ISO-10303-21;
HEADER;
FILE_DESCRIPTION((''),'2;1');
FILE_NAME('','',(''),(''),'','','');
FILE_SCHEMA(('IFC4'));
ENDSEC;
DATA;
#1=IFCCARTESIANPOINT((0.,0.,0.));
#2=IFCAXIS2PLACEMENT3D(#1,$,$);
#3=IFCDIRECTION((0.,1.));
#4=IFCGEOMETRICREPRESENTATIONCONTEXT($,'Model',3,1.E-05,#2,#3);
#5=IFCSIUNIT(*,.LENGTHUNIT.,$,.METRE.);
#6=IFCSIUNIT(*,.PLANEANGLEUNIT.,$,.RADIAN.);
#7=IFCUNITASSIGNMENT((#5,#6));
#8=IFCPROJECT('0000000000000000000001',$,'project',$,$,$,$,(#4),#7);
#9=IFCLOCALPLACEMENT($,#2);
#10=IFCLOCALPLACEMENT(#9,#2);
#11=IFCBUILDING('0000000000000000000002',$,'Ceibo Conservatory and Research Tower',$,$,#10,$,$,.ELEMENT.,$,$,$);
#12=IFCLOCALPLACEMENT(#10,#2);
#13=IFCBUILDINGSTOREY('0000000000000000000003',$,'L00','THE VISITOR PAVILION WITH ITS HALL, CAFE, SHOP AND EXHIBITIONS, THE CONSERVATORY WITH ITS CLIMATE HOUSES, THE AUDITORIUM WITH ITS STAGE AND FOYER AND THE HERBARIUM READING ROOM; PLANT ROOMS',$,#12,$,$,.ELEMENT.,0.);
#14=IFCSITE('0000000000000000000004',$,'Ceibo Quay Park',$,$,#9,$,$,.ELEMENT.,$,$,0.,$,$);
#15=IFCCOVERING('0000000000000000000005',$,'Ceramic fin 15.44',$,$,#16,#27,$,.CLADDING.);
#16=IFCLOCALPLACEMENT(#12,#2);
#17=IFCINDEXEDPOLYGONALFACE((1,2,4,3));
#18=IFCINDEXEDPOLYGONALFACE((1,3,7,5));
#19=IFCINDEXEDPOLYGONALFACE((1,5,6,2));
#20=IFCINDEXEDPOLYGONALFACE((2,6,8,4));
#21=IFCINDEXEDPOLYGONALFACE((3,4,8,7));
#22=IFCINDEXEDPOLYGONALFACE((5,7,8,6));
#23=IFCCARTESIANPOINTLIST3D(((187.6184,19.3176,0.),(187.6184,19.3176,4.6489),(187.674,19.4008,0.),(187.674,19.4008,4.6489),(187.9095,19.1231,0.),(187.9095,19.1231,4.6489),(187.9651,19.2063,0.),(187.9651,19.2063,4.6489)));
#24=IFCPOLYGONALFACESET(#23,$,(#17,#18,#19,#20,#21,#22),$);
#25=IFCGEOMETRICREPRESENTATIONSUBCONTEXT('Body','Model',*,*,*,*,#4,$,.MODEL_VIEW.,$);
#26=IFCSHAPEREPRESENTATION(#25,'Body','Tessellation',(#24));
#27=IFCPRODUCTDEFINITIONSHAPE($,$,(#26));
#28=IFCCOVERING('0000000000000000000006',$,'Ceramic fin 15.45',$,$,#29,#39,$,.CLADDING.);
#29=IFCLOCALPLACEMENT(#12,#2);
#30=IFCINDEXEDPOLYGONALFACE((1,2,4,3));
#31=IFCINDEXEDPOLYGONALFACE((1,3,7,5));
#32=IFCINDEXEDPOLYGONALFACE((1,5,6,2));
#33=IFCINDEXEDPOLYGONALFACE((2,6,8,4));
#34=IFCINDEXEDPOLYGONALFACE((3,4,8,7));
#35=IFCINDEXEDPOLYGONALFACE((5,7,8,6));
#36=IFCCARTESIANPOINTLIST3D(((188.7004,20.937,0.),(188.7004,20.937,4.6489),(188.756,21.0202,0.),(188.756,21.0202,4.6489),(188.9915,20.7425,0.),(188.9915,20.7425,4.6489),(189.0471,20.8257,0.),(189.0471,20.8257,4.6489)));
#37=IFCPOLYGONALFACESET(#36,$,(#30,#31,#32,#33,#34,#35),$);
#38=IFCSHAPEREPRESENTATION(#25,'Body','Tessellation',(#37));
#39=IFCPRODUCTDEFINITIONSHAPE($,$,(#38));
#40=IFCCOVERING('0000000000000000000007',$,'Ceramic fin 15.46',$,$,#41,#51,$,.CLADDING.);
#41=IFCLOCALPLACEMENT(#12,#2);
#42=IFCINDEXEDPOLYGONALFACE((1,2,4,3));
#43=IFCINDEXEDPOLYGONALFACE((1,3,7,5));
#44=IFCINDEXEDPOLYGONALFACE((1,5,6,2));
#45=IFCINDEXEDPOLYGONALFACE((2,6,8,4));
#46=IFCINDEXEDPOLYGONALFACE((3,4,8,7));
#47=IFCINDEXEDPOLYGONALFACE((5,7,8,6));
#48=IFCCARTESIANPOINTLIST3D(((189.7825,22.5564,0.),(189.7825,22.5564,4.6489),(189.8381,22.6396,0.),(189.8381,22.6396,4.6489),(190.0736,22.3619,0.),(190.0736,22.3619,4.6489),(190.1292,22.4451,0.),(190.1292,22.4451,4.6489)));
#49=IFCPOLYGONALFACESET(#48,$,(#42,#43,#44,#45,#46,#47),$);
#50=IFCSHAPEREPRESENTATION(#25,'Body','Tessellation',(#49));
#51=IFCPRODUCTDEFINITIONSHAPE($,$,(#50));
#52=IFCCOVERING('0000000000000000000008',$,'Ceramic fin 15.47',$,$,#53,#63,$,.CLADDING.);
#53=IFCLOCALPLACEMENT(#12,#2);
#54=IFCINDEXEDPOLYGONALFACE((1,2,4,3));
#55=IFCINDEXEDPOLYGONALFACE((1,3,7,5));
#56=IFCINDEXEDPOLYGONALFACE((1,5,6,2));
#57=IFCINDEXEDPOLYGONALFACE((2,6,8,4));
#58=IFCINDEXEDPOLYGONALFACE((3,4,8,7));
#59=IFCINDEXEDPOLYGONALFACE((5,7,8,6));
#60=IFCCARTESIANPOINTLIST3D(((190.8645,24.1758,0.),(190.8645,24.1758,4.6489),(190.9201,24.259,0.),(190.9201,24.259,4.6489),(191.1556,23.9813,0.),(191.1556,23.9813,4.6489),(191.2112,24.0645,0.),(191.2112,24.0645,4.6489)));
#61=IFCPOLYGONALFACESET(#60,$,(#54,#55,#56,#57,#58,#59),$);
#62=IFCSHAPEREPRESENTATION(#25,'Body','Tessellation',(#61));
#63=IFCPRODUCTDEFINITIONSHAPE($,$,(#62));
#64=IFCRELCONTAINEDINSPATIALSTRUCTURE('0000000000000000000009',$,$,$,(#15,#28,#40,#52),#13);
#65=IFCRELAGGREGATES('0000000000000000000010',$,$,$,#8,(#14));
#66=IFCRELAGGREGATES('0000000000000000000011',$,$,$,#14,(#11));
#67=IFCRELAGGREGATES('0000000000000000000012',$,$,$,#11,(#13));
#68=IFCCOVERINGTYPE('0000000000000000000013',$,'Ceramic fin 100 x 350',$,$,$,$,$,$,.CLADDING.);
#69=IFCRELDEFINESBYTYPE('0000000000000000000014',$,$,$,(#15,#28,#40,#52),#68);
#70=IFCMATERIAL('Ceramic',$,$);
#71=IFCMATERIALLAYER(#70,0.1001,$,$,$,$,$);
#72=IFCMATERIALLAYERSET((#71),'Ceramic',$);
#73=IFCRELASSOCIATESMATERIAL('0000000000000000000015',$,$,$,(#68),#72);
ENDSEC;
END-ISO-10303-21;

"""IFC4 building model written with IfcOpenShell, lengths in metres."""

from ifc_helpers import new_model, si_unit, direction, frame, origin, origin_2d, place, context, subcontext, project, spatial, rectangle, extrude, material, layer, layer_set, type_object, element, save


model = new_model("IFC4")

# Units and contexts
model_context = context("Model", 3, precision=1e-05, world=origin(), true_north=direction((0.0, 1.0)))
body_context = subcontext(model_context, "Body", "Model", "MODEL_VIEW")
ifc_project = project(units=[si_unit("LENGTHUNIT", "METRE"), si_unit("PLANEANGLEUNIT", "RADIAN")], contexts=[model_context])

# Site, building, storey
site_placement = place(None, origin())
site = spatial("IfcSite", under=ifc_project, at=site_placement, Name="Ceibo Quay Park", CompositionType="ELEMENT", RefElevation=0.0)
building_placement = place(site_placement, origin())
building = spatial("IfcBuilding", under=site, at=building_placement, Name="Ceibo Conservatory and Research Tower", CompositionType="ELEMENT")
storey_placement = place(building_placement, origin())
storey = spatial("IfcBuildingStorey", under=building, at=storey_placement, Name="L00", Description="THE VISITOR PAVILION WITH ITS HALL, CAFE, SHOP AND EXHIBITIONS, THE CONSERVATORY WITH ITS CLIMATE HOUSES, THE AUDITORIUM WITH ITS STAGE AND FOYER AND THE HERBARIUM READING ROOM; PLANT ROOMS", CompositionType="ELEMENT", Elevation=0.0)

# Coverings
ifc_material_1 = material(Name="Ceramic")
ifc_layer_1 = layer(ifc_material_1, 0.1001)
ifc_layer_set_1 = layer_set([ifc_layer_1], Name="Ceramic")
covering_type = type_object("IfcCoveringType", Name="Ceramic fin 100 x 350", PredefinedType="CLADDING", material=ifc_layer_set_1)
for number, where, z_axis, x_axis, name in (
    (1, (187.7917, 19.262, 0.0), (0.0, 0.0, 1.0), (-0.55557, -0.83147, 0.0), "Ceramic fin 15.44"),
    (2, (188.8738, 20.8813, 0.0), (0.0, 0.0, 1.0), (-0.55557, -0.83147, 0.0), "Ceramic fin 15.45"),
    (3, (189.9558, 22.5007, 0.0), (0.0, 0.0, 1.0), (-0.55557, -0.83147, 0.0), "Ceramic fin 15.46"),
    (4, (191.0378, 24.1201, 0.0), (0.0, 0.0, 1.0), (-0.55557, -0.83147, 0.0), "Ceramic fin 15.47"),
):
    element("IfcCovering", number, at=place(storey_placement, frame(where, z_axis=z_axis, x_axis=x_axis)), inside=storey, type_object=covering_type, Name=name, PredefinedType="CLADDING", context=body_context, shape_type="SweptSolid", body=[
        extrude(rectangle(XDim=0.1001, YDim=0.3501, at=origin_2d()), origin(), (0.0, 0.0, 1.0), 4.6489),
    ])

save(model, "model.ifc")
